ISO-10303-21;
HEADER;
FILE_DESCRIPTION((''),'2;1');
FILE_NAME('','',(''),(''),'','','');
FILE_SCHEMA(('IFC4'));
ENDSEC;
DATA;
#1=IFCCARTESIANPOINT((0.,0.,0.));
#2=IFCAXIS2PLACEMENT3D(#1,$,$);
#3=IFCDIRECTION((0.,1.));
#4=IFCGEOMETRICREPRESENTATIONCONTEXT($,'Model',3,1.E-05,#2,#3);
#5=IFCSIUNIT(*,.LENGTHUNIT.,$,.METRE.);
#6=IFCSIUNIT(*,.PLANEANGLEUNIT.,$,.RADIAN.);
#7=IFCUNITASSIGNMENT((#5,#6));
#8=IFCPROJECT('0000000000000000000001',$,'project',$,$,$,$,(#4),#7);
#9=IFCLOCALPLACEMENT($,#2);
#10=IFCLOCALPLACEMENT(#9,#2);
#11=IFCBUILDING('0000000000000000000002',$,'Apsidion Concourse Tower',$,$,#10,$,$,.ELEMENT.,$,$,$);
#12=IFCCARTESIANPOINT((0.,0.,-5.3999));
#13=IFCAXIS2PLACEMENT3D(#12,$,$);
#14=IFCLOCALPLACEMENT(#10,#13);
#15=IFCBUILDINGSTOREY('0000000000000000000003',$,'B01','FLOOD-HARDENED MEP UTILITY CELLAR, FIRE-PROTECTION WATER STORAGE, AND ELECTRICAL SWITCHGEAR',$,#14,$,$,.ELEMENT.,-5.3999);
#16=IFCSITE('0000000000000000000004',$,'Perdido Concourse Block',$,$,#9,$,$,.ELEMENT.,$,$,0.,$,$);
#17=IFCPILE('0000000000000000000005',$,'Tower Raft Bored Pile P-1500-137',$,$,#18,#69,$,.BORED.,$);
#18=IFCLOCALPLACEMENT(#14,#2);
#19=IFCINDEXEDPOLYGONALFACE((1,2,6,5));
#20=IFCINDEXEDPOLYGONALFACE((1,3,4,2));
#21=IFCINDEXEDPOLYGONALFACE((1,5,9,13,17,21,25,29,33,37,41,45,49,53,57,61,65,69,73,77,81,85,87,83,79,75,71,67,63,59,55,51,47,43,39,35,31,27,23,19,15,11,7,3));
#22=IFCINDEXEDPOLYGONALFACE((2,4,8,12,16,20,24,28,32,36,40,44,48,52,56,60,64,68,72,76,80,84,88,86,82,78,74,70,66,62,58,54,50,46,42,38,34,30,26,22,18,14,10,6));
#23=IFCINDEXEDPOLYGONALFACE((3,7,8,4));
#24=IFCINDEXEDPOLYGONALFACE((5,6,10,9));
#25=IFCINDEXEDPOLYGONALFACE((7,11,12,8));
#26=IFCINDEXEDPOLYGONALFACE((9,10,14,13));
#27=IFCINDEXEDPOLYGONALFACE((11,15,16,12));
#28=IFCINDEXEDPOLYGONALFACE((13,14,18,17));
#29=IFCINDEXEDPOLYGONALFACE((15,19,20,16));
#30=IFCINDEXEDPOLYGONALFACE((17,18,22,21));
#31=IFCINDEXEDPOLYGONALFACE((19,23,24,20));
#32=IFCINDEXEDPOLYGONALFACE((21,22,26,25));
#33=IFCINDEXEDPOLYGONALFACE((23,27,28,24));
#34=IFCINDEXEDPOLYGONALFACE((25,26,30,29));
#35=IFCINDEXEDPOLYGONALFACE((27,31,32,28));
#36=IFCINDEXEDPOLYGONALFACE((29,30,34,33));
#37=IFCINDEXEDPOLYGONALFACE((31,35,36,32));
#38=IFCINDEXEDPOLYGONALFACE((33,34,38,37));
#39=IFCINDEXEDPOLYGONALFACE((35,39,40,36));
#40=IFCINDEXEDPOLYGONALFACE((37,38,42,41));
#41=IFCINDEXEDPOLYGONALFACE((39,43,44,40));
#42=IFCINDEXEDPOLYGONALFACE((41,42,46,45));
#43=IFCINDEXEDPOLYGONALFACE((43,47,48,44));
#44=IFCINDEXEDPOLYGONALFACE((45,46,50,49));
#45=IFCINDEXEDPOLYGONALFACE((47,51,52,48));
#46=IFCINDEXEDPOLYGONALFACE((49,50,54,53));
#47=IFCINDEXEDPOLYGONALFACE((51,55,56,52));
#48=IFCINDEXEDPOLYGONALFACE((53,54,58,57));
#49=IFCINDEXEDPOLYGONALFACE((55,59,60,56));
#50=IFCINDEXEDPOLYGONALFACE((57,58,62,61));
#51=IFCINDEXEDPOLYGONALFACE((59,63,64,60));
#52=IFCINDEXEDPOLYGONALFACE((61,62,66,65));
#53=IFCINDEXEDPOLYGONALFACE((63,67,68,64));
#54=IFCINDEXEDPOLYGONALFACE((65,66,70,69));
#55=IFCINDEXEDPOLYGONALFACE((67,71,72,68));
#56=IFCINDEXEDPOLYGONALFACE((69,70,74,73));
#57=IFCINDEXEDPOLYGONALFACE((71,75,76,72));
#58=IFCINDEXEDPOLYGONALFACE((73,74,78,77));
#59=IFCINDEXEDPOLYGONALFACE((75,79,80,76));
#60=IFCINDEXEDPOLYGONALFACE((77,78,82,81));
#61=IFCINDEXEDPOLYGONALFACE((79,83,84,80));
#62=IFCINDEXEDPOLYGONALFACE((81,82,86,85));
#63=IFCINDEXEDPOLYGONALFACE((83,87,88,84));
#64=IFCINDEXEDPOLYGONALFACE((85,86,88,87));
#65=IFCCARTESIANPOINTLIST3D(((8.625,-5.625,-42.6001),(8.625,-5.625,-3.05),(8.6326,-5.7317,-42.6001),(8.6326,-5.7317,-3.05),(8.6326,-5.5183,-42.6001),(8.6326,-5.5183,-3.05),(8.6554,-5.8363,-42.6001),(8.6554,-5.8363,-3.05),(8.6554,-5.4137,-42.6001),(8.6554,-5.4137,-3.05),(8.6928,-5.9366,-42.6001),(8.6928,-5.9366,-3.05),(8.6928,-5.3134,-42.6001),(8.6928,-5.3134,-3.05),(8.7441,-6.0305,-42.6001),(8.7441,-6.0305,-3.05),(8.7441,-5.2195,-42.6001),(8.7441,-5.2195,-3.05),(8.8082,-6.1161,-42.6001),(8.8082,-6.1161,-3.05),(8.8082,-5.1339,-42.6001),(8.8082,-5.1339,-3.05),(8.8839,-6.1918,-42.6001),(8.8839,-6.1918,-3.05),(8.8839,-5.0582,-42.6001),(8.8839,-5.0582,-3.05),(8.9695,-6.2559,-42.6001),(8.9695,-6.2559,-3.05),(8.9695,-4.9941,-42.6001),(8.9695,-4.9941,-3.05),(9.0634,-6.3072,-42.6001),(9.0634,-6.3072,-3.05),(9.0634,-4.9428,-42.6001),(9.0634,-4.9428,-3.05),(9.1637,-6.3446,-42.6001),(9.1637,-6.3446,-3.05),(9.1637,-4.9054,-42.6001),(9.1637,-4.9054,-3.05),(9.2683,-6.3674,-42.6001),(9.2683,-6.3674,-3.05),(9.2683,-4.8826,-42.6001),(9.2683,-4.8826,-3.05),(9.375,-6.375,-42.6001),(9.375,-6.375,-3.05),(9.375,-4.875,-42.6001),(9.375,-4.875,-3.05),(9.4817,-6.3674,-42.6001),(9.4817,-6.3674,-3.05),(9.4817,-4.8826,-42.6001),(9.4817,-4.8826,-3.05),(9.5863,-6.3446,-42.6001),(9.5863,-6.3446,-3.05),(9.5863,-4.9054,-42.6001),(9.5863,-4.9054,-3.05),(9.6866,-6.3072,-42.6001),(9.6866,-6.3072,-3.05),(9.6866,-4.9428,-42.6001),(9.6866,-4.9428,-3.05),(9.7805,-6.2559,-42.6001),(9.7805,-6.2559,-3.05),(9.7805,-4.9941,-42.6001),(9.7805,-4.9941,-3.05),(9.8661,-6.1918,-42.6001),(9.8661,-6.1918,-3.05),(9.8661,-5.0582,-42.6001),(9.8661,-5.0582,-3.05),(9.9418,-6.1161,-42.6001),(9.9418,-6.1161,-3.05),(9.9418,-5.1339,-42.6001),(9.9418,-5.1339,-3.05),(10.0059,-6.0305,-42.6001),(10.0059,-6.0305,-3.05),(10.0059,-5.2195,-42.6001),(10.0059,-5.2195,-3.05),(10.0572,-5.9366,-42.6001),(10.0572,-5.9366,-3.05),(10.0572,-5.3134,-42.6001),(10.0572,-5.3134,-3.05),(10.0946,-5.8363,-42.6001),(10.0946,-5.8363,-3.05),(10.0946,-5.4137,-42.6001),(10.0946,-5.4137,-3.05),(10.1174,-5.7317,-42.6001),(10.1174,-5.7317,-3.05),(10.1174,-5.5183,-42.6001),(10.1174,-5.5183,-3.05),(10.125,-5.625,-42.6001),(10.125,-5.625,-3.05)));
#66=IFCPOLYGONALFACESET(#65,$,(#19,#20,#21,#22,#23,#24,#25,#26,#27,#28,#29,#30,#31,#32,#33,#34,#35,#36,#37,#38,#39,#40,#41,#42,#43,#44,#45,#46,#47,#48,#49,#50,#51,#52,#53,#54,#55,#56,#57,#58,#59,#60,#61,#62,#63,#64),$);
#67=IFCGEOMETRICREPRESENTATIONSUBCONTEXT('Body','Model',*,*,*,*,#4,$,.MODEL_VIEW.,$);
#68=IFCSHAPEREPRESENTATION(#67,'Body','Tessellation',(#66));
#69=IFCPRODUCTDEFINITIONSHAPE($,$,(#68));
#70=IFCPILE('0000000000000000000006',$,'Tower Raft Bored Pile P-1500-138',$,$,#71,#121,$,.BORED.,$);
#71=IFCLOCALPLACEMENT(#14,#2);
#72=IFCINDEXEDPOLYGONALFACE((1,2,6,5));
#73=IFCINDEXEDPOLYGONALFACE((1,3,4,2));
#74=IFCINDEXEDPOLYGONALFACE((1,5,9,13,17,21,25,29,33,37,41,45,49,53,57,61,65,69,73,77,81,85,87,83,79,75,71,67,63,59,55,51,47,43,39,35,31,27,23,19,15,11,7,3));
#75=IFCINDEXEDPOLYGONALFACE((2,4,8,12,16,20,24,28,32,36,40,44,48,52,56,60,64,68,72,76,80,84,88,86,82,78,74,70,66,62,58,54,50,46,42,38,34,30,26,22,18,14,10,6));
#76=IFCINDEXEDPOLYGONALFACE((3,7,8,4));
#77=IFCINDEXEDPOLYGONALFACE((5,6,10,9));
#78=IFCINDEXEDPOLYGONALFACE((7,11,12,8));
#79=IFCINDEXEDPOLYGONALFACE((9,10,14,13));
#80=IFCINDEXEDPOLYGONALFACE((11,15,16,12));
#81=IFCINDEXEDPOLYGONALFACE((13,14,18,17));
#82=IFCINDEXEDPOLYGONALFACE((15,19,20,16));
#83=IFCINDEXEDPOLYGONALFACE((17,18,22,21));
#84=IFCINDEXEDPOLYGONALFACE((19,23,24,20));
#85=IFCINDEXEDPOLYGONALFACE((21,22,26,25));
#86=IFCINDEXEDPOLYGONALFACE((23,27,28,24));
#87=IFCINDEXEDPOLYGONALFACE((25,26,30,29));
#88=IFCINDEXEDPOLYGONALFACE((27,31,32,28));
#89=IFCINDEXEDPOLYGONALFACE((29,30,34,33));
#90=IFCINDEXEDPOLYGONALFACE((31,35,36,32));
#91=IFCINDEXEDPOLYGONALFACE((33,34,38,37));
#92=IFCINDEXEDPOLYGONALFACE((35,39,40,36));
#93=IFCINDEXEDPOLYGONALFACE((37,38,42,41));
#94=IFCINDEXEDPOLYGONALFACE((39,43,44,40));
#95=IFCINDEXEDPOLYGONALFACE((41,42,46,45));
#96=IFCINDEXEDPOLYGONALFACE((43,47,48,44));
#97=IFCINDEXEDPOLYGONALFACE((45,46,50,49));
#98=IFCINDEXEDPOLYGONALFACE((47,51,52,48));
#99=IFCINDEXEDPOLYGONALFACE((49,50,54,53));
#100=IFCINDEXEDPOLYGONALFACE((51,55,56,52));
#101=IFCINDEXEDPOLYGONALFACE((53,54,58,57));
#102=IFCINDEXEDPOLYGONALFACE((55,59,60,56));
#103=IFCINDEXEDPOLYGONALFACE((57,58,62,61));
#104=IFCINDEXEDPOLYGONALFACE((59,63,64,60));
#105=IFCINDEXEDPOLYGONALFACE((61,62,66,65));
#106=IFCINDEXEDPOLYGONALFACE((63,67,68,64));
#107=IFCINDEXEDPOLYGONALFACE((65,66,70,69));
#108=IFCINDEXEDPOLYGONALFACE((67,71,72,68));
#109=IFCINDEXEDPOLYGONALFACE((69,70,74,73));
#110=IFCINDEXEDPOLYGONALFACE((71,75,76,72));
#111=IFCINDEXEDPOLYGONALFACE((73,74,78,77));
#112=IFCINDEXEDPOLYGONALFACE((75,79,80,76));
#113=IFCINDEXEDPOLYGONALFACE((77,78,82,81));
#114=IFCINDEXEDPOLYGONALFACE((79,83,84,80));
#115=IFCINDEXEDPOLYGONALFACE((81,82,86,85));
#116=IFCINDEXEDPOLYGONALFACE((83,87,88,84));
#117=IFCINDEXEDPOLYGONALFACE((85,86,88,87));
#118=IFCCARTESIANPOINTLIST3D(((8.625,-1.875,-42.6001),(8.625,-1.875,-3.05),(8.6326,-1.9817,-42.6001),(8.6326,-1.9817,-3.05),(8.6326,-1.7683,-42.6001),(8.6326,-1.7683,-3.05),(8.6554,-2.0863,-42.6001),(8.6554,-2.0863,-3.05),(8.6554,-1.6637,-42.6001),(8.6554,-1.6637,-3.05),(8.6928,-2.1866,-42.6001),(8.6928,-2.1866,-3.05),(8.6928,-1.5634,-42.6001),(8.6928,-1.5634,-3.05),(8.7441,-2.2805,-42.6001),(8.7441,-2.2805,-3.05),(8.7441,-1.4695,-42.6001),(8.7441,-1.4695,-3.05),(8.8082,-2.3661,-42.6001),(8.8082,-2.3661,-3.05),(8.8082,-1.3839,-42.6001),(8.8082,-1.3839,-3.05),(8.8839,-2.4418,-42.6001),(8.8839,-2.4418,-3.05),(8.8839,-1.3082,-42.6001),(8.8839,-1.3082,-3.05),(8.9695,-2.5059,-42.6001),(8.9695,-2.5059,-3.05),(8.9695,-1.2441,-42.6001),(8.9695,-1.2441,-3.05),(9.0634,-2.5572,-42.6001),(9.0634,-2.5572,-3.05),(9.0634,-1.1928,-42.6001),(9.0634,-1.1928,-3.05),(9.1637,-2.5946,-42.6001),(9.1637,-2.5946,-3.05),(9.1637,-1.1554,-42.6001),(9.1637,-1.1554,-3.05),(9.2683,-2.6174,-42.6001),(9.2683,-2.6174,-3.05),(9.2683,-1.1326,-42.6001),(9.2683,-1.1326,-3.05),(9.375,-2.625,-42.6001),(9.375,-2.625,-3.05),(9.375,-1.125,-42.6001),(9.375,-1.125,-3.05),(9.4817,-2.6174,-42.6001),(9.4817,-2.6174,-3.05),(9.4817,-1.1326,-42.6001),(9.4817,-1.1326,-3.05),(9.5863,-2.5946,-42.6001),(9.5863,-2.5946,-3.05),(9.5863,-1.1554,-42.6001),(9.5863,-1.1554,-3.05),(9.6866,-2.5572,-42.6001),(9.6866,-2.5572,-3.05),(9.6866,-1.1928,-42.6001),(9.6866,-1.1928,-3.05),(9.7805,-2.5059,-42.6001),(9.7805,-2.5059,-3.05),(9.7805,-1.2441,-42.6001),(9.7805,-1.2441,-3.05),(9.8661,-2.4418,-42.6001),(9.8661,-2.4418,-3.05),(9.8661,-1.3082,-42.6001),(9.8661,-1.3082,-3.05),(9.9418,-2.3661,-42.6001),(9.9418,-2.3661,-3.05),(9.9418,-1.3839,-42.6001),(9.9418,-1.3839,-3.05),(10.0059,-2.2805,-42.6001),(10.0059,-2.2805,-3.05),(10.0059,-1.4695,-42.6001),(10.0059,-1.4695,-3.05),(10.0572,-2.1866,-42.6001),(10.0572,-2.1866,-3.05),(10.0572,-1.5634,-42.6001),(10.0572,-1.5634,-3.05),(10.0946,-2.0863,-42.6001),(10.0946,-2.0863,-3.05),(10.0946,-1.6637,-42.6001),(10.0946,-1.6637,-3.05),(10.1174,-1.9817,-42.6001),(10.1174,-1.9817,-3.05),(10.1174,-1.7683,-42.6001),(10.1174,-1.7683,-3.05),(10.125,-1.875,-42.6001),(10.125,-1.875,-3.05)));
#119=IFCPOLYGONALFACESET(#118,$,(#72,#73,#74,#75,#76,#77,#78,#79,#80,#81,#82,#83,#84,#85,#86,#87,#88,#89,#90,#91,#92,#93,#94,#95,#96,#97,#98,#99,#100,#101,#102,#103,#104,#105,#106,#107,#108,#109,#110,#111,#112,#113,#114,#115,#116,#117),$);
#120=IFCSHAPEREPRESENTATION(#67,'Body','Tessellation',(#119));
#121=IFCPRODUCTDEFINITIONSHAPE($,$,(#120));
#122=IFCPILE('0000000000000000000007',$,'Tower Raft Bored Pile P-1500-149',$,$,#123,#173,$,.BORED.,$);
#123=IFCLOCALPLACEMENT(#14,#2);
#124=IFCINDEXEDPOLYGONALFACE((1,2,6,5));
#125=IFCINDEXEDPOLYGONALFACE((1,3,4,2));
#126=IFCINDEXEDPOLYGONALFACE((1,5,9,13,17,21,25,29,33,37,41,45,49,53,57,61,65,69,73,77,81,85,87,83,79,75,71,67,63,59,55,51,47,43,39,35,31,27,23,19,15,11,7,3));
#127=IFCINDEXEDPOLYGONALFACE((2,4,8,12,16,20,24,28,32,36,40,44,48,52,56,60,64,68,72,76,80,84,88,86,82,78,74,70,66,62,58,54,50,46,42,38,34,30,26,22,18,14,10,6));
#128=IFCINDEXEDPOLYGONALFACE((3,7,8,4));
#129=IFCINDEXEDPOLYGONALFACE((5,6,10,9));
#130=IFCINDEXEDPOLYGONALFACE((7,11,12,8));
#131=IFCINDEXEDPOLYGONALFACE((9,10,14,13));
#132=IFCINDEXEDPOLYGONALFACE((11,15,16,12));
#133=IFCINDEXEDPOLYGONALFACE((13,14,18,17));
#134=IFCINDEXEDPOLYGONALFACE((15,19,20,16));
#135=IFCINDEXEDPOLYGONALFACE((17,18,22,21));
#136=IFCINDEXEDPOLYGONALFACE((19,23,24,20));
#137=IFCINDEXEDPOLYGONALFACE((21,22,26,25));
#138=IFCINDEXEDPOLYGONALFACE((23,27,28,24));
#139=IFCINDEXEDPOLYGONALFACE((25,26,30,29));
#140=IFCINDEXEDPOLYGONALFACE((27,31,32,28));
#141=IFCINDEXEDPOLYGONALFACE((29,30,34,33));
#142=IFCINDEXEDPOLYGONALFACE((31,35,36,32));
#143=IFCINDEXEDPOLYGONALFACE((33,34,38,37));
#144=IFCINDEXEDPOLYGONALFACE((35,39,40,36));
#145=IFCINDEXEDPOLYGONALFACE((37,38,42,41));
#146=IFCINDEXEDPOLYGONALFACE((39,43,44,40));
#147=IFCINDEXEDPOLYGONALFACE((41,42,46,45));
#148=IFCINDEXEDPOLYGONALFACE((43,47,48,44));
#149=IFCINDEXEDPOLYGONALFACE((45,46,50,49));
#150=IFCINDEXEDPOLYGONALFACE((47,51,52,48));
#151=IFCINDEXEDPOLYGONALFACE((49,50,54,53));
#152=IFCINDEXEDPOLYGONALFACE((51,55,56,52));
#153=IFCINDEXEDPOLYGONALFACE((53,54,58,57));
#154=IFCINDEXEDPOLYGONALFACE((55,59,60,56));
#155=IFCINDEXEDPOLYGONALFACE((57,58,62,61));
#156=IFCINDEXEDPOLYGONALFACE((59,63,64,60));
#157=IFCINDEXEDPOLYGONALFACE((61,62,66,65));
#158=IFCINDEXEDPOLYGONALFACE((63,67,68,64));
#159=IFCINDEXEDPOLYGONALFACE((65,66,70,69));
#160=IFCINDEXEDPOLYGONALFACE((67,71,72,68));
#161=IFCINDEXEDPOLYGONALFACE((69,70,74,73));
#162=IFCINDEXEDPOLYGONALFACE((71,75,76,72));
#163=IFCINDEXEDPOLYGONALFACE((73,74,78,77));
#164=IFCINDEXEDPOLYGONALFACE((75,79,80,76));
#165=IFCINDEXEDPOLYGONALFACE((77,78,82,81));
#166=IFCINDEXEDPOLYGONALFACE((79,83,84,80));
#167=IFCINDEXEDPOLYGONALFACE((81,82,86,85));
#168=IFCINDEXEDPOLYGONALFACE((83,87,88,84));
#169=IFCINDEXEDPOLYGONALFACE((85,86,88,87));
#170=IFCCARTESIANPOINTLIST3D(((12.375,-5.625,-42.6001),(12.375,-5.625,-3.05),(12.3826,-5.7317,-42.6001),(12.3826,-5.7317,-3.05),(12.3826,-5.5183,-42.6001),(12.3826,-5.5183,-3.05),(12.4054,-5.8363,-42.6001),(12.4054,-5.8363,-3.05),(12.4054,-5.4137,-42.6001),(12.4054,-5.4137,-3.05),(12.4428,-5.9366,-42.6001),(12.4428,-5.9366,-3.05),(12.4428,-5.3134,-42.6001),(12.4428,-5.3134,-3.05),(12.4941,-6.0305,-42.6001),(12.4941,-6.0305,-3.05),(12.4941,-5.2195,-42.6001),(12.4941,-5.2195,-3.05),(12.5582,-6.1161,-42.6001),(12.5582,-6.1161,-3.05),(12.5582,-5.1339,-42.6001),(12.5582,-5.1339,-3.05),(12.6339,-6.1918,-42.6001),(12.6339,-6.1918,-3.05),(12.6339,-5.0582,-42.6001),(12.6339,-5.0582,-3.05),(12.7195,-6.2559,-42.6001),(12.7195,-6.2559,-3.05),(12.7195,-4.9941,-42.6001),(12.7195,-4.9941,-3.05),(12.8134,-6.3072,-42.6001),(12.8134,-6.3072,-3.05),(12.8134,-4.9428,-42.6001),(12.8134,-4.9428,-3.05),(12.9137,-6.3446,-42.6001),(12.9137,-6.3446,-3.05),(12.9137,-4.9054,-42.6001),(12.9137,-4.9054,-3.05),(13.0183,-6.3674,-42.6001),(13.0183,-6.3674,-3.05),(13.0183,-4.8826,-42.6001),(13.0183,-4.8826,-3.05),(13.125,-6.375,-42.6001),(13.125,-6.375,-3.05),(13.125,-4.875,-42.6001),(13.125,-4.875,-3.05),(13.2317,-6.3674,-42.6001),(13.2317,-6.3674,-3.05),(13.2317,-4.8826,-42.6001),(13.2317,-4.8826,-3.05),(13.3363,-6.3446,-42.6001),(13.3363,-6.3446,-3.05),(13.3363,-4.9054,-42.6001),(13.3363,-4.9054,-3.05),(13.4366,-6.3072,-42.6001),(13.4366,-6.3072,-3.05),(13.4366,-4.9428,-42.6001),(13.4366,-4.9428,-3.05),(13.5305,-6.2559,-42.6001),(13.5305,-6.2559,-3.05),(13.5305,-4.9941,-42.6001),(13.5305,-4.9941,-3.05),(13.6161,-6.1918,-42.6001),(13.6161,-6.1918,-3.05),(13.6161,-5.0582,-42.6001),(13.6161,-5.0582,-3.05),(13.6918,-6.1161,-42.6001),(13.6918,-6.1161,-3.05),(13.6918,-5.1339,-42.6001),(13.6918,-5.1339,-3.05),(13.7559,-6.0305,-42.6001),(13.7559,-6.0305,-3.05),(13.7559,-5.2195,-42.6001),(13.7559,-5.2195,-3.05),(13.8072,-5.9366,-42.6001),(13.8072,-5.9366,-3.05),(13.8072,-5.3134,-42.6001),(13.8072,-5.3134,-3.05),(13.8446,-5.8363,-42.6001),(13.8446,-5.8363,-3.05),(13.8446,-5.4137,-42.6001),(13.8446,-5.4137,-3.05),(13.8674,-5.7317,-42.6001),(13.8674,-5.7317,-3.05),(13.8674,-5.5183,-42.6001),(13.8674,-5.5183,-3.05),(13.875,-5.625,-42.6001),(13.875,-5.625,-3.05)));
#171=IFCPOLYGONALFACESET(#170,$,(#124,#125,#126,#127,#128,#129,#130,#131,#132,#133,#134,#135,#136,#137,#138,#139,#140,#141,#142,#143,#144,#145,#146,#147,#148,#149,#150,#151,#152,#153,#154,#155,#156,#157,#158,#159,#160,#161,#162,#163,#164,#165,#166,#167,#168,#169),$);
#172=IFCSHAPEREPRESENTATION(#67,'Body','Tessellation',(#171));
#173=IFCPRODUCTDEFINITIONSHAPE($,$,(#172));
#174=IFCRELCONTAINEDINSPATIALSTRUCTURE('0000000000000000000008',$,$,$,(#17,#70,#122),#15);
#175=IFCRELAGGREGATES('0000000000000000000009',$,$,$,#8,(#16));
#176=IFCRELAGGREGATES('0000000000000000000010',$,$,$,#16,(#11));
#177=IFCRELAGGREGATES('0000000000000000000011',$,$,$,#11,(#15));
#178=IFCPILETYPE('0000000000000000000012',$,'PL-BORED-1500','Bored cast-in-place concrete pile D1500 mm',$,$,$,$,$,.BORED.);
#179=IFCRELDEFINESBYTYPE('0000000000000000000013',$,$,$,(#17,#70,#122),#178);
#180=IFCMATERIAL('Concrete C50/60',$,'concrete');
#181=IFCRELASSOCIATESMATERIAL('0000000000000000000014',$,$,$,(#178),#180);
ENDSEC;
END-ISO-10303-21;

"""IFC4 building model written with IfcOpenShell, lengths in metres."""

from ifc_helpers import new_model, si_unit, direction, frame, origin, origin_2d, place, context, subcontext, project, spatial, circle, extrude, material, material_profile, profile_set, type_object, element, save


model = new_model("IFC4")

# Units and contexts
model_context = context("Model", 3, precision=1e-05, world=origin(), true_north=direction((0.0, 1.0)))
body_context = subcontext(model_context, "Body", "Model", "MODEL_VIEW")
ifc_project = project(units=[si_unit("LENGTHUNIT", "METRE"), si_unit("PLANEANGLEUNIT", "RADIAN")], contexts=[model_context])

# Site, building, storey
site_placement = place(None, origin())
site = spatial("IfcSite", under=ifc_project, at=site_placement, Name="Perdido Concourse Block", CompositionType="ELEMENT", RefElevation=0.0)
building_placement = place(site_placement, origin())
building = spatial("IfcBuilding", under=site, at=building_placement, Name="Apsidion Concourse Tower", CompositionType="ELEMENT")
storey_placement = place(building_placement, frame((0.0, 0.0, -5.3999)))
storey = spatial("IfcBuildingStorey", under=building, at=storey_placement, Name="B01", Description="FLOOD-HARDENED MEP UTILITY CELLAR, FIRE-PROTECTION WATER STORAGE, AND ELECTRICAL SWITCHGEAR", CompositionType="ELEMENT", Elevation=-5.3999)

# Shared definitions
ifc_material_1 = material(Name="Concrete C50/60", Category="concrete")

# Piles
ifc_material_profile_1 = material_profile(ifc_material_1, circle(Radius=0.75, at=origin_2d()), Name="BORED PILE D1500")
ifc_profile_set_1 = profile_set([ifc_material_profile_1], Name="Concrete C50/60")
pile_type = type_object("IfcPileType", Name="PL-BORED-1500", Description="Bored cast-in-place concrete pile D1500 mm", PredefinedType="BORED", material=ifc_profile_set_1)
for number, where, z_axis, x_axis, name in (
    (1, (9.375, -5.625, -3.05), (0.0, 0.0, -1.0), (1.0, 0.0, 0.0), "Tower Raft Bored Pile P-1500-137"),
    (2, (9.375, -1.875, -3.05), (0.0, 0.0, -1.0), (1.0, 0.0, 0.0), "Tower Raft Bored Pile P-1500-138"),
    (3, (13.125, -5.625, -3.05), (0.0, 0.0, -1.0), (1.0, 0.0, 0.0), "Tower Raft Bored Pile P-1500-149"),
):
    element("IfcPile", number, at=place(storey_placement, frame(where, z_axis=z_axis, x_axis=x_axis)), inside=storey, type_object=pile_type, Name=name, PredefinedType="BORED", context=body_context, shape_type="SweptSolid", body=[
        extrude(circle(Radius=0.75, at=origin_2d()), origin(), (0.0, 0.0, 1.0), 39.55),
    ])

save(model, "model.ifc")
